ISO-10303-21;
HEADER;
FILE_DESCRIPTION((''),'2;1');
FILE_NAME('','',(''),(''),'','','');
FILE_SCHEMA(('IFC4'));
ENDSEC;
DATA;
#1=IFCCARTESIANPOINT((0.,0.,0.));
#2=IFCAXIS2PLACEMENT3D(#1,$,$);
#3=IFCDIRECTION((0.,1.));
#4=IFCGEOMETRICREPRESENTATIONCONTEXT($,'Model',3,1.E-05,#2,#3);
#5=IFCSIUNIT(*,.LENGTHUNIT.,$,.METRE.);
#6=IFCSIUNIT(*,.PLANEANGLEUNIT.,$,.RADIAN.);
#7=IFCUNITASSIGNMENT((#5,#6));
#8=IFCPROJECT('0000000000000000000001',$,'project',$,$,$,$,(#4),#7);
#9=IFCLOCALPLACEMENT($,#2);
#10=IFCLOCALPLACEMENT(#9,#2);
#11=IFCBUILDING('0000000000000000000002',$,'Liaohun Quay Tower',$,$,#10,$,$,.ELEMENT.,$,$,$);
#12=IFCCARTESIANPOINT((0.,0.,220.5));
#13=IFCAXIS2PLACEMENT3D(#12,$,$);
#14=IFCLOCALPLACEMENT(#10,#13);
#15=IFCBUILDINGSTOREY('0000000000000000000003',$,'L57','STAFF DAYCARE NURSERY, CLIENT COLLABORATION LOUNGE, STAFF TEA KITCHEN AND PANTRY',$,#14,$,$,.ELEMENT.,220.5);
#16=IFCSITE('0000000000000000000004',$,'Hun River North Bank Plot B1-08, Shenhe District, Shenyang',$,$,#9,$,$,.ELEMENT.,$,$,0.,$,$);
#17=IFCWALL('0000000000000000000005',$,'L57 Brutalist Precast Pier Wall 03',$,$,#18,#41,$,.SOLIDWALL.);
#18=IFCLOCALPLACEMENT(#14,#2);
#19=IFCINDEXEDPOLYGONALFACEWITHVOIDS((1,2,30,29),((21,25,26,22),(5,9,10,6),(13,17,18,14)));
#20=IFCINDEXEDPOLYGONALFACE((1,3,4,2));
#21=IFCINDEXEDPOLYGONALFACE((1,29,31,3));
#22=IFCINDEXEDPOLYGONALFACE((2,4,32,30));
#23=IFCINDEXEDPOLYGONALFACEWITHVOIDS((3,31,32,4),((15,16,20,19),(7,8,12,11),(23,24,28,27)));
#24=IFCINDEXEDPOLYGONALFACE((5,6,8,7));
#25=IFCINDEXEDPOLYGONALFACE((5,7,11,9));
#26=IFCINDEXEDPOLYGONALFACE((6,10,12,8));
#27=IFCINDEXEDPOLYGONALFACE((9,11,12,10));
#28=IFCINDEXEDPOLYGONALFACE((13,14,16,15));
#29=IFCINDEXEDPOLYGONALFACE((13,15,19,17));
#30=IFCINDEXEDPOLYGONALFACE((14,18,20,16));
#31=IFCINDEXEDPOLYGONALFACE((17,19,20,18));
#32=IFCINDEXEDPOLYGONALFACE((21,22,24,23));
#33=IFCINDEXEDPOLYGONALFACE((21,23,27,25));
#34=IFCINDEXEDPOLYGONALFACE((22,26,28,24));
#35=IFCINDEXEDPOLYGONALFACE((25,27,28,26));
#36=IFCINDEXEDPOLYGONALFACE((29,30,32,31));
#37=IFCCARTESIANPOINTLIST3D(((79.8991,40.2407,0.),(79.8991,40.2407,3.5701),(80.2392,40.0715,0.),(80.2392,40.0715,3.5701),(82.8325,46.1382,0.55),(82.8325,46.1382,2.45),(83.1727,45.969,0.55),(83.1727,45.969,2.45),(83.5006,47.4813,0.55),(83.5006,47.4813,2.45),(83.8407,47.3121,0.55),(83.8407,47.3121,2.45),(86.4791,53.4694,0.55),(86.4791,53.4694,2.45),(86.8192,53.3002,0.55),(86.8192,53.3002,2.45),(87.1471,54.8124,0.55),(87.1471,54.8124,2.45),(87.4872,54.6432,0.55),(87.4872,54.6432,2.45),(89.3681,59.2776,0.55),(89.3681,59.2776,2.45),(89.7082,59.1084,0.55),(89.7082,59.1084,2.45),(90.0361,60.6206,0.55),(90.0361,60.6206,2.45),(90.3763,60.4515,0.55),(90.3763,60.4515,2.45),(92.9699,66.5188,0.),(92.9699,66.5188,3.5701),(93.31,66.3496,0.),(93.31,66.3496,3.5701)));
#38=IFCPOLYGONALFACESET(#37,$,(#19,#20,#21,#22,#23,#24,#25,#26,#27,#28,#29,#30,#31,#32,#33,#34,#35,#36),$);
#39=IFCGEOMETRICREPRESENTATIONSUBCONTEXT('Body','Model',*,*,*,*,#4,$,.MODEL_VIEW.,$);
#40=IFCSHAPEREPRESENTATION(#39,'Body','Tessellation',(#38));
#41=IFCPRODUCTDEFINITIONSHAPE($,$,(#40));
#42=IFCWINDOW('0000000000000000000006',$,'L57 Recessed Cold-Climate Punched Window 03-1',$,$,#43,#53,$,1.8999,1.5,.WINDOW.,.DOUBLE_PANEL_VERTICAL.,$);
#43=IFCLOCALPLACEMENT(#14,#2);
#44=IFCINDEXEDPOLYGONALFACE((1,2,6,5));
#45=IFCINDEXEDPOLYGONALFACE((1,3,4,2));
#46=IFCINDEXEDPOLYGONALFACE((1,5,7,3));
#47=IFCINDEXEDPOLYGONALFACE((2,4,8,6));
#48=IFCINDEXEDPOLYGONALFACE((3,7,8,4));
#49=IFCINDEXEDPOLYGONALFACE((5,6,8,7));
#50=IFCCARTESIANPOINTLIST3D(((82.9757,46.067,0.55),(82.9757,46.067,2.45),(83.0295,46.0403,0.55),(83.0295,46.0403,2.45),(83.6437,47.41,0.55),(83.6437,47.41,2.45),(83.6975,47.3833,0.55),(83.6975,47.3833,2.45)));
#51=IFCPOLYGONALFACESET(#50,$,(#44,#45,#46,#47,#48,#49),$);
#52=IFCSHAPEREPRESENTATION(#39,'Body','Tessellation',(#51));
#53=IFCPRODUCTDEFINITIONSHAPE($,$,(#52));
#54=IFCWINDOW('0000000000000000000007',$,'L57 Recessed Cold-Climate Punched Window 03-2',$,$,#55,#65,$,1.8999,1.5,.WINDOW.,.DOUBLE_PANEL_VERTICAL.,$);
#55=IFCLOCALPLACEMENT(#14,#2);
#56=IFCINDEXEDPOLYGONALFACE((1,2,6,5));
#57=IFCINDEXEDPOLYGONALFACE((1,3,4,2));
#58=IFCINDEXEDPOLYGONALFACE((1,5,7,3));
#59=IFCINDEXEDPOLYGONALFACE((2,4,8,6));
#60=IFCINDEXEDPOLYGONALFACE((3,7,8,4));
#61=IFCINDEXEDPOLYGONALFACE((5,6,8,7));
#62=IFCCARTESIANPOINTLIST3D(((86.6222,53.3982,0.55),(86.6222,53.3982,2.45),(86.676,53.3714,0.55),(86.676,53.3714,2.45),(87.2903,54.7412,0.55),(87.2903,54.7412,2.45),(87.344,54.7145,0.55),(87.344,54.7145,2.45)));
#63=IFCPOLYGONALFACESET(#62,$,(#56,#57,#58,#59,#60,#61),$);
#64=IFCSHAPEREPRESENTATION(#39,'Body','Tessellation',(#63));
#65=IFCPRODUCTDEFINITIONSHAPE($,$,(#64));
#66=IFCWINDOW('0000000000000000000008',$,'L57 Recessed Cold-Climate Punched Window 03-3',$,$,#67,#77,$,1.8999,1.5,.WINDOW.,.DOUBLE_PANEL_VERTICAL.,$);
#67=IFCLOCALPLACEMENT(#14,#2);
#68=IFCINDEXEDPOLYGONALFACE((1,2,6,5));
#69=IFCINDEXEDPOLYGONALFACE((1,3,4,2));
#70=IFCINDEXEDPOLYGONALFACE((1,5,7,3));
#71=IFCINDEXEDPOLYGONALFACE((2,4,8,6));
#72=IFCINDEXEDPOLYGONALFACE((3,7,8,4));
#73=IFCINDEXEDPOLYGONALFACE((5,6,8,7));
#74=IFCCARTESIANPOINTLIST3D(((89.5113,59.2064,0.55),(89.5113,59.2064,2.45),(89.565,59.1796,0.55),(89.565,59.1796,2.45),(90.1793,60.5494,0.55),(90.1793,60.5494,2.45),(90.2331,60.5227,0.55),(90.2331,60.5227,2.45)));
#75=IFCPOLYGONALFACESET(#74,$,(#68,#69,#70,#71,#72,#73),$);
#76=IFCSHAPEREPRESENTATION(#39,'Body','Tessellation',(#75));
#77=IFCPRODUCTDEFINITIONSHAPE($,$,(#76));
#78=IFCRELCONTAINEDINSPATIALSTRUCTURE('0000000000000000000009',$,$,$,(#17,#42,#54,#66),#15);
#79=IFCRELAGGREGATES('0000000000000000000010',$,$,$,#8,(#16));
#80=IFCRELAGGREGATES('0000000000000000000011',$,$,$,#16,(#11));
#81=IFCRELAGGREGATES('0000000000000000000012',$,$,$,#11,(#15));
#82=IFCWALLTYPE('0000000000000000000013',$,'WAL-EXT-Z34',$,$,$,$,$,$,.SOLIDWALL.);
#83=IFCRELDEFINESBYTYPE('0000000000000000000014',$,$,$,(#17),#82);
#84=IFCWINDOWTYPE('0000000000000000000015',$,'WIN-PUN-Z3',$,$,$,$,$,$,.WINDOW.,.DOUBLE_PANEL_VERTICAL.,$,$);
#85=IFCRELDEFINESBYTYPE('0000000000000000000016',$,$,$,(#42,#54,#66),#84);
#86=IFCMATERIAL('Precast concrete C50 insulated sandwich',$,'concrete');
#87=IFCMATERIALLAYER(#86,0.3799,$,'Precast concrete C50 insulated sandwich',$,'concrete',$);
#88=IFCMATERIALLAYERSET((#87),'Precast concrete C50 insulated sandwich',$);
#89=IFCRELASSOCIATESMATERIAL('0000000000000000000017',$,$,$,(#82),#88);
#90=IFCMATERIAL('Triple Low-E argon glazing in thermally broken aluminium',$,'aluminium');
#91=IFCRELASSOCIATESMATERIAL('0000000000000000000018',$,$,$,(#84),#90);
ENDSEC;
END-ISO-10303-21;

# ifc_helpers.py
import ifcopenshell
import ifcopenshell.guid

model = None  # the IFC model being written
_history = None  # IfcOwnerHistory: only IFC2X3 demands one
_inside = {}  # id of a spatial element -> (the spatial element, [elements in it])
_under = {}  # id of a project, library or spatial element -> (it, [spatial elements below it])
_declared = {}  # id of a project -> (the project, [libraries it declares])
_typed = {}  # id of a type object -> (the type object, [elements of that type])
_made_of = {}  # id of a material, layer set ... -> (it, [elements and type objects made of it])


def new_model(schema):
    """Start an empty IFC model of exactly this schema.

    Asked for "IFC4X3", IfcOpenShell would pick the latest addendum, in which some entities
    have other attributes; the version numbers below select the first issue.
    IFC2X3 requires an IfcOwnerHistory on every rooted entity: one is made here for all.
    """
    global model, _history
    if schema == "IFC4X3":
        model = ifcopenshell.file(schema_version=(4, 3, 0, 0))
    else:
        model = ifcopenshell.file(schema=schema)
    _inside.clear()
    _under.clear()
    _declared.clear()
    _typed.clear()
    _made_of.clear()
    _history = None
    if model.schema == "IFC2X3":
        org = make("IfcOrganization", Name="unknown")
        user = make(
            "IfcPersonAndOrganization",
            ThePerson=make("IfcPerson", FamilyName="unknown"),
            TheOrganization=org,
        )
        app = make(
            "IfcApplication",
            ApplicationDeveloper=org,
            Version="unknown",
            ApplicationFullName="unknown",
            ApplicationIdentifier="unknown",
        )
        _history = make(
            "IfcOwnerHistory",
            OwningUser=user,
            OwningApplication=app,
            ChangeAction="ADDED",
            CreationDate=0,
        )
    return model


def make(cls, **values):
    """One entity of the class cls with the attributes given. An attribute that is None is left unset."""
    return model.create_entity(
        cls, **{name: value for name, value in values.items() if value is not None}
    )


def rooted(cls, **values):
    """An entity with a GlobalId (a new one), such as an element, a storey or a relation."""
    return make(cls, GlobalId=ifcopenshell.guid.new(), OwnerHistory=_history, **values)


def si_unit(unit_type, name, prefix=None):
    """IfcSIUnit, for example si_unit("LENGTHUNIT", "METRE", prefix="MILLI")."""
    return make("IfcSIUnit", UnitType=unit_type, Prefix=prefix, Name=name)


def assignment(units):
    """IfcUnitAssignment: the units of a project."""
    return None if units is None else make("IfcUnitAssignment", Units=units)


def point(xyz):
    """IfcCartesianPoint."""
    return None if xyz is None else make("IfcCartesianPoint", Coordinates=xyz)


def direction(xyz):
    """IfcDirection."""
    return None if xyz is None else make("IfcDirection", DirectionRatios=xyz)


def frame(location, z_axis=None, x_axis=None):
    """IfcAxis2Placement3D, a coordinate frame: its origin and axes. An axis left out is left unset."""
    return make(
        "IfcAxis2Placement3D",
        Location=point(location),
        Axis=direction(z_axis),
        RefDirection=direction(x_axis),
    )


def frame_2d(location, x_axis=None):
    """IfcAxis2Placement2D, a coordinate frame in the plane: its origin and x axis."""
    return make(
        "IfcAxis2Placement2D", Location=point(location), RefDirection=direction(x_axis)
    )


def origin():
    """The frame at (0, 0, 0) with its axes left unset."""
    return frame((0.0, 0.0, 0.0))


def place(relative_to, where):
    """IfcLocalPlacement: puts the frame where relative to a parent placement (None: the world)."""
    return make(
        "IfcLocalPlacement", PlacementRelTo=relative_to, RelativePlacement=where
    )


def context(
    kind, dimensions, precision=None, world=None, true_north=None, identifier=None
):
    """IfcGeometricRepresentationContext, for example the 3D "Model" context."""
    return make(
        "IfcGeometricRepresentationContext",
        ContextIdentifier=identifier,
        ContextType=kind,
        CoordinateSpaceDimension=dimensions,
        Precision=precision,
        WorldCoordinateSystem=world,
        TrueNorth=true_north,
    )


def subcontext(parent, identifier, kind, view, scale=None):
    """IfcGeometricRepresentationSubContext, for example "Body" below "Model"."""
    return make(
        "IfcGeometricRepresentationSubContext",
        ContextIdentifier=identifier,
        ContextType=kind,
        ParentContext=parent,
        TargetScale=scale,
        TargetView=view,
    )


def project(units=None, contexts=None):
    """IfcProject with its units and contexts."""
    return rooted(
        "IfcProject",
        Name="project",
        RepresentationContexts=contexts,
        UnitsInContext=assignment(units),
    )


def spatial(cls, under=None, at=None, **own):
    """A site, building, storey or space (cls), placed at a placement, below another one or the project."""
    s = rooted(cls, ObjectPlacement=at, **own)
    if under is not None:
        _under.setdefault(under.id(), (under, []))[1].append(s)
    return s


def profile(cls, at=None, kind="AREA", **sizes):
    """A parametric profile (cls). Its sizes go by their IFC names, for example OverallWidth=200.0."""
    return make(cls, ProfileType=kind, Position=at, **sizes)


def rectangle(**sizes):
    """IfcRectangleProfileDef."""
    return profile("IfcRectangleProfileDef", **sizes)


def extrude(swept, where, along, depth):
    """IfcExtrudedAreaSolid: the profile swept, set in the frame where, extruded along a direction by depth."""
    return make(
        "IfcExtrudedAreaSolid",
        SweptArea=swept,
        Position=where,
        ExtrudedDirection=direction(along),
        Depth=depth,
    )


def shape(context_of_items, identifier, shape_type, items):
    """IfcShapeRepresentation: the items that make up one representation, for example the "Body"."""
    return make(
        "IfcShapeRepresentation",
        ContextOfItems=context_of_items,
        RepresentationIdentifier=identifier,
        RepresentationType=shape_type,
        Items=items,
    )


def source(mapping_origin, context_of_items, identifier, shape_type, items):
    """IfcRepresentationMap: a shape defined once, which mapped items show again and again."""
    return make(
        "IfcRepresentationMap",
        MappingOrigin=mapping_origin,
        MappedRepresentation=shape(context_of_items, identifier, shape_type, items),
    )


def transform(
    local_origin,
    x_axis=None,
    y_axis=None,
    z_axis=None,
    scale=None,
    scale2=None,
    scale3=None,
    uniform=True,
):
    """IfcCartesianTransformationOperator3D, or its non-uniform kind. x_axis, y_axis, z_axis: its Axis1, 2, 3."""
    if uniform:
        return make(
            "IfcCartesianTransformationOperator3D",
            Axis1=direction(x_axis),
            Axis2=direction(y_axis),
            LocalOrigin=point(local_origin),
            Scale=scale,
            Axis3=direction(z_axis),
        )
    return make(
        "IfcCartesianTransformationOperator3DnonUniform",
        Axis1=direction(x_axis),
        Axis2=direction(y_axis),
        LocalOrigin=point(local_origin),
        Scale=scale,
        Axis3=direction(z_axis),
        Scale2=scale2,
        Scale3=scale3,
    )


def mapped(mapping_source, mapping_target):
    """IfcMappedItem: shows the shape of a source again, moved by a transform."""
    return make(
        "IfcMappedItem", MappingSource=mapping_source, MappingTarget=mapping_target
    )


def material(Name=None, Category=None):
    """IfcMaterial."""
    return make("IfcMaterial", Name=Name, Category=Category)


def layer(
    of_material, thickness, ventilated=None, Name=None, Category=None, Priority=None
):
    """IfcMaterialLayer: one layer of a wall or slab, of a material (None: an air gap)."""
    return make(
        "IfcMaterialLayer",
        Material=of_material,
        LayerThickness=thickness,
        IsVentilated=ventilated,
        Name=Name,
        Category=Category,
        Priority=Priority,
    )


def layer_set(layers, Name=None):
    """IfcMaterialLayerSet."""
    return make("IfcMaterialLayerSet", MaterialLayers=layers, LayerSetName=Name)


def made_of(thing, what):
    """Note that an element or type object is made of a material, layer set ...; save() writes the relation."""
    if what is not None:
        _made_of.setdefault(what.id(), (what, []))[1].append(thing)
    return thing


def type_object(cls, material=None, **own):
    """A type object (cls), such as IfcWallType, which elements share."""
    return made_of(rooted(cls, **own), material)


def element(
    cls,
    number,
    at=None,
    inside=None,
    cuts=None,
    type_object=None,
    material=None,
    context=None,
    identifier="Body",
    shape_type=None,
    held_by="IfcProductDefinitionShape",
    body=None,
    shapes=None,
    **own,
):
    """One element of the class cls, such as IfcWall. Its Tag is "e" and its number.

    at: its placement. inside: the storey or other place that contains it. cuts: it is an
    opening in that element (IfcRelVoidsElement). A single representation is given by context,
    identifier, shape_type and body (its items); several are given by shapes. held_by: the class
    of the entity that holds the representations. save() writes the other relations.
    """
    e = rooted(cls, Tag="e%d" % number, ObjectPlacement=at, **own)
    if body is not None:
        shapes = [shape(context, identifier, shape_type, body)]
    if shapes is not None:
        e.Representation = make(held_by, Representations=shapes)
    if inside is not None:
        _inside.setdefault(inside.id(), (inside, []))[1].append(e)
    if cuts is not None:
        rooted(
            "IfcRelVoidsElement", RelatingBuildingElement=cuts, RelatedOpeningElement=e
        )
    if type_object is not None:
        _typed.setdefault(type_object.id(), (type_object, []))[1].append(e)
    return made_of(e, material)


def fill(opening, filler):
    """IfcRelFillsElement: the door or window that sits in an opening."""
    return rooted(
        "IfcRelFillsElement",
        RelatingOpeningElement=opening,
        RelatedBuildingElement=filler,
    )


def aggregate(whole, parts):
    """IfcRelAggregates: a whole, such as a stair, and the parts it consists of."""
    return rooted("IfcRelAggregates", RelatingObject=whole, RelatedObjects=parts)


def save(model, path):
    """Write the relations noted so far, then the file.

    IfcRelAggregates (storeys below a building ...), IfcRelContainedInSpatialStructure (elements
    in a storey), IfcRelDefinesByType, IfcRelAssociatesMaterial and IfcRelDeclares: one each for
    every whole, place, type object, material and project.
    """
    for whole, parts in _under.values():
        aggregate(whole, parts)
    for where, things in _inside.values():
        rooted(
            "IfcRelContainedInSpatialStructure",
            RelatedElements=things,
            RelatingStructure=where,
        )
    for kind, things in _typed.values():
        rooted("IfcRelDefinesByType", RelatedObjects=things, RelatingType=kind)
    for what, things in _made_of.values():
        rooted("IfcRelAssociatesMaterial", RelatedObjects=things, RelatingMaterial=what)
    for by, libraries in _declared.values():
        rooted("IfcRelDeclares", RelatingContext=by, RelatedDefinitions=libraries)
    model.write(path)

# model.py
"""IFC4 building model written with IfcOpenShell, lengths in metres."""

from ifc_helpers import new_model, si_unit, direction, frame, frame_2d, origin, place, context, subcontext, project, spatial, rectangle, extrude, source, transform, mapped, material, layer, layer_set, type_object, element, fill, save


model = new_model("IFC4")

# Units and contexts
model_context = context("Model", 3, precision=1e-05, world=origin(), true_north=direction((0.0, 1.0)))
body_context = subcontext(model_context, "Body", "Model", "MODEL_VIEW")
ifc_project = project(units=[si_unit("LENGTHUNIT", "METRE"), si_unit("PLANEANGLEUNIT", "RADIAN")], contexts=[model_context])

# Site, building, storey
site_placement = place(None, origin())
site = spatial("IfcSite", under=ifc_project, at=site_placement, Name="Hun River North Bank Plot B1-08, Shenhe District, Shenyang", CompositionType="ELEMENT", RefElevation=0.0)
building_placement = place(site_placement, origin())
building = spatial("IfcBuilding", under=site, at=building_placement, Name="Liaohun Quay Tower", CompositionType="ELEMENT")
storey_placement = place(building_placement, frame((0.0, 0.0, 220.5)))
storey = spatial("IfcBuildingStorey", under=building, at=storey_placement, Name="L57", Description="STAFF DAYCARE NURSERY, CLIENT COLLABORATION LOUNGE, STAFF TEA KITCHEN AND PANTRY", CompositionType="ELEMENT", Elevation=220.5)

# Shared definitions
ifc_material_1 = material(Name="Precast concrete C50 insulated sandwich", Category="concrete")
ifc_layer_1 = layer(ifc_material_1, 0.3799, Name="Precast concrete C50 insulated sandwich", Category="concrete")
ifc_layer_set_1 = layer_set([ifc_layer_1], Name="Precast concrete C50 insulated sandwich")
wall_type_1 = type_object("IfcWallType", Name="WAL-EXT-Z34", PredefinedType="SOLIDWALL", material=ifc_layer_set_1)

# Wall, openings, windows
shared_shape_1 = source(origin(), body_context, "Body", "SweptSolid", [
    extrude(rectangle(XDim=1.5, YDim=1.8999, at=frame_2d((0.75, 0.95))), frame((0.0, 0.2, 0.0), z_axis=(0.0, -1.0, 0.0), x_axis=(1.0, 0.0, 0.0)), (0.0, 0.0, 1.0), 0.3999),
])
ifc_material_2 = material(Name="Triple Low-E argon glazing in thermally broken aluminium", Category="aluminium")
window_type_1 = type_object("IfcWindowType", Name="WIN-PUN-Z3", PartitioningType="DOUBLE_PANEL_VERTICAL", PredefinedType="WINDOW", material=ifc_material_2)
shared_shape_2 = source(origin(), body_context, "Body", "SweptSolid", [
    extrude(rectangle(XDim=1.5, YDim=1.8999, at=frame_2d((0.75, 0.95))), frame((0.0, 0.03, 0.0), z_axis=(0.0, -1.0, 0.0), x_axis=(1.0, 0.0, 0.0)), (0.0, 0.0, 1.0), 0.0601),
])
wall_1_placement = place(storey_placement, frame((80.0691, 40.156, 0.0), z_axis=(0.0, 0.0, 1.0), x_axis=(0.445353, 0.895355, 0.0)))
wall_1 = element("IfcWall", 1, at=wall_1_placement, inside=storey, type_object=wall_type_1, Name="L57 Brutalist Precast Pier Wall 03", PredefinedType="SOLIDWALL", context=body_context, shape_type="SweptSolid", body=[
    extrude(rectangle(XDim=29.3494, YDim=0.3799, at=frame_2d((14.6748, 0.0))), origin(), (0.0, 0.0, 1.0), 3.5701),
])
opening_1_placement = place(wall_1_placement, frame((6.5869, 0.0, 0.55)))
opening_1 = element("IfcOpeningElement", 2, at=opening_1_placement, cuts=wall_1, PredefinedType="OPENING", context=body_context, shape_type="MappedRepresentation", body=[
    mapped(shared_shape_1, transform((0.0, 0.0, 0.0), x_axis=(1.0, 0.0, 0.0), y_axis=(0.0, 1.0, 0.0), z_axis=(0.0, 0.0, 1.0), scale=1.0)),
])
opening_2_placement = place(wall_1_placement, frame((14.7749, 0.0, 0.55)))
opening_2 = element("IfcOpeningElement", 3, at=opening_2_placement, cuts=wall_1, PredefinedType="OPENING", context=body_context, shape_type="MappedRepresentation", body=[
    mapped(shared_shape_1, transform((0.0, 0.0, 0.0), x_axis=(1.0, 0.0, 0.0), y_axis=(0.0, 1.0, 0.0), z_axis=(0.0, 0.0, 1.0), scale=1.0)),
])
opening_3_placement = place(wall_1_placement, frame((21.262, 0.0, 0.55)))
opening_3 = element("IfcOpeningElement", 4, at=opening_3_placement, cuts=wall_1, PredefinedType="OPENING", context=body_context, shape_type="MappedRepresentation", body=[
    mapped(shared_shape_1, transform((0.0, 0.0, 0.0), x_axis=(1.0, 0.0, 0.0), y_axis=(0.0, 1.0, 0.0), z_axis=(0.0, 0.0, 1.0), scale=1.0)),
])
window_1_placement = place(opening_1_placement, origin())
window_1 = element("IfcWindow", 5, at=window_1_placement, inside=storey, type_object=window_type_1, Name="L57 Recessed Cold-Climate Punched Window 03-1", OverallHeight=1.8999, OverallWidth=1.5, PartitioningType="DOUBLE_PANEL_VERTICAL", PredefinedType="WINDOW", context=body_context, shape_type="MappedRepresentation", body=[
    mapped(shared_shape_2, transform((0.0, 0.0, 0.0), x_axis=(1.0, 0.0, 0.0), y_axis=(0.0, 1.0, 0.0), z_axis=(0.0, 0.0, 1.0), scale=1.0)),
])
fill(opening_1, window_1)
window_2_placement = place(opening_2_placement, origin())
window_2 = element("IfcWindow", 6, at=window_2_placement, inside=storey, type_object=window_type_1, Name="L57 Recessed Cold-Climate Punched Window 03-2", OverallHeight=1.8999, OverallWidth=1.5, PartitioningType="DOUBLE_PANEL_VERTICAL", PredefinedType="WINDOW", context=body_context, shape_type="MappedRepresentation", body=[
    mapped(shared_shape_2, transform((0.0, 0.0, 0.0), x_axis=(1.0, 0.0, 0.0), y_axis=(0.0, 1.0, 0.0), z_axis=(0.0, 0.0, 1.0), scale=1.0)),
])
fill(opening_2, window_2)
window_3_placement = place(opening_3_placement, origin())
window_3 = element("IfcWindow", 7, at=window_3_placement, inside=storey, type_object=window_type_1, Name="L57 Recessed Cold-Climate Punched Window 03-3", OverallHeight=1.8999, OverallWidth=1.5, PartitioningType="DOUBLE_PANEL_VERTICAL", PredefinedType="WINDOW", context=body_context, shape_type="MappedRepresentation", body=[
    mapped(shared_shape_2, transform((0.0, 0.0, 0.0), x_axis=(1.0, 0.0, 0.0), y_axis=(0.0, 1.0, 0.0), z_axis=(0.0, 0.0, 1.0), scale=1.0)),
])
fill(opening_3, window_3)

save(model, "model.ifc")
